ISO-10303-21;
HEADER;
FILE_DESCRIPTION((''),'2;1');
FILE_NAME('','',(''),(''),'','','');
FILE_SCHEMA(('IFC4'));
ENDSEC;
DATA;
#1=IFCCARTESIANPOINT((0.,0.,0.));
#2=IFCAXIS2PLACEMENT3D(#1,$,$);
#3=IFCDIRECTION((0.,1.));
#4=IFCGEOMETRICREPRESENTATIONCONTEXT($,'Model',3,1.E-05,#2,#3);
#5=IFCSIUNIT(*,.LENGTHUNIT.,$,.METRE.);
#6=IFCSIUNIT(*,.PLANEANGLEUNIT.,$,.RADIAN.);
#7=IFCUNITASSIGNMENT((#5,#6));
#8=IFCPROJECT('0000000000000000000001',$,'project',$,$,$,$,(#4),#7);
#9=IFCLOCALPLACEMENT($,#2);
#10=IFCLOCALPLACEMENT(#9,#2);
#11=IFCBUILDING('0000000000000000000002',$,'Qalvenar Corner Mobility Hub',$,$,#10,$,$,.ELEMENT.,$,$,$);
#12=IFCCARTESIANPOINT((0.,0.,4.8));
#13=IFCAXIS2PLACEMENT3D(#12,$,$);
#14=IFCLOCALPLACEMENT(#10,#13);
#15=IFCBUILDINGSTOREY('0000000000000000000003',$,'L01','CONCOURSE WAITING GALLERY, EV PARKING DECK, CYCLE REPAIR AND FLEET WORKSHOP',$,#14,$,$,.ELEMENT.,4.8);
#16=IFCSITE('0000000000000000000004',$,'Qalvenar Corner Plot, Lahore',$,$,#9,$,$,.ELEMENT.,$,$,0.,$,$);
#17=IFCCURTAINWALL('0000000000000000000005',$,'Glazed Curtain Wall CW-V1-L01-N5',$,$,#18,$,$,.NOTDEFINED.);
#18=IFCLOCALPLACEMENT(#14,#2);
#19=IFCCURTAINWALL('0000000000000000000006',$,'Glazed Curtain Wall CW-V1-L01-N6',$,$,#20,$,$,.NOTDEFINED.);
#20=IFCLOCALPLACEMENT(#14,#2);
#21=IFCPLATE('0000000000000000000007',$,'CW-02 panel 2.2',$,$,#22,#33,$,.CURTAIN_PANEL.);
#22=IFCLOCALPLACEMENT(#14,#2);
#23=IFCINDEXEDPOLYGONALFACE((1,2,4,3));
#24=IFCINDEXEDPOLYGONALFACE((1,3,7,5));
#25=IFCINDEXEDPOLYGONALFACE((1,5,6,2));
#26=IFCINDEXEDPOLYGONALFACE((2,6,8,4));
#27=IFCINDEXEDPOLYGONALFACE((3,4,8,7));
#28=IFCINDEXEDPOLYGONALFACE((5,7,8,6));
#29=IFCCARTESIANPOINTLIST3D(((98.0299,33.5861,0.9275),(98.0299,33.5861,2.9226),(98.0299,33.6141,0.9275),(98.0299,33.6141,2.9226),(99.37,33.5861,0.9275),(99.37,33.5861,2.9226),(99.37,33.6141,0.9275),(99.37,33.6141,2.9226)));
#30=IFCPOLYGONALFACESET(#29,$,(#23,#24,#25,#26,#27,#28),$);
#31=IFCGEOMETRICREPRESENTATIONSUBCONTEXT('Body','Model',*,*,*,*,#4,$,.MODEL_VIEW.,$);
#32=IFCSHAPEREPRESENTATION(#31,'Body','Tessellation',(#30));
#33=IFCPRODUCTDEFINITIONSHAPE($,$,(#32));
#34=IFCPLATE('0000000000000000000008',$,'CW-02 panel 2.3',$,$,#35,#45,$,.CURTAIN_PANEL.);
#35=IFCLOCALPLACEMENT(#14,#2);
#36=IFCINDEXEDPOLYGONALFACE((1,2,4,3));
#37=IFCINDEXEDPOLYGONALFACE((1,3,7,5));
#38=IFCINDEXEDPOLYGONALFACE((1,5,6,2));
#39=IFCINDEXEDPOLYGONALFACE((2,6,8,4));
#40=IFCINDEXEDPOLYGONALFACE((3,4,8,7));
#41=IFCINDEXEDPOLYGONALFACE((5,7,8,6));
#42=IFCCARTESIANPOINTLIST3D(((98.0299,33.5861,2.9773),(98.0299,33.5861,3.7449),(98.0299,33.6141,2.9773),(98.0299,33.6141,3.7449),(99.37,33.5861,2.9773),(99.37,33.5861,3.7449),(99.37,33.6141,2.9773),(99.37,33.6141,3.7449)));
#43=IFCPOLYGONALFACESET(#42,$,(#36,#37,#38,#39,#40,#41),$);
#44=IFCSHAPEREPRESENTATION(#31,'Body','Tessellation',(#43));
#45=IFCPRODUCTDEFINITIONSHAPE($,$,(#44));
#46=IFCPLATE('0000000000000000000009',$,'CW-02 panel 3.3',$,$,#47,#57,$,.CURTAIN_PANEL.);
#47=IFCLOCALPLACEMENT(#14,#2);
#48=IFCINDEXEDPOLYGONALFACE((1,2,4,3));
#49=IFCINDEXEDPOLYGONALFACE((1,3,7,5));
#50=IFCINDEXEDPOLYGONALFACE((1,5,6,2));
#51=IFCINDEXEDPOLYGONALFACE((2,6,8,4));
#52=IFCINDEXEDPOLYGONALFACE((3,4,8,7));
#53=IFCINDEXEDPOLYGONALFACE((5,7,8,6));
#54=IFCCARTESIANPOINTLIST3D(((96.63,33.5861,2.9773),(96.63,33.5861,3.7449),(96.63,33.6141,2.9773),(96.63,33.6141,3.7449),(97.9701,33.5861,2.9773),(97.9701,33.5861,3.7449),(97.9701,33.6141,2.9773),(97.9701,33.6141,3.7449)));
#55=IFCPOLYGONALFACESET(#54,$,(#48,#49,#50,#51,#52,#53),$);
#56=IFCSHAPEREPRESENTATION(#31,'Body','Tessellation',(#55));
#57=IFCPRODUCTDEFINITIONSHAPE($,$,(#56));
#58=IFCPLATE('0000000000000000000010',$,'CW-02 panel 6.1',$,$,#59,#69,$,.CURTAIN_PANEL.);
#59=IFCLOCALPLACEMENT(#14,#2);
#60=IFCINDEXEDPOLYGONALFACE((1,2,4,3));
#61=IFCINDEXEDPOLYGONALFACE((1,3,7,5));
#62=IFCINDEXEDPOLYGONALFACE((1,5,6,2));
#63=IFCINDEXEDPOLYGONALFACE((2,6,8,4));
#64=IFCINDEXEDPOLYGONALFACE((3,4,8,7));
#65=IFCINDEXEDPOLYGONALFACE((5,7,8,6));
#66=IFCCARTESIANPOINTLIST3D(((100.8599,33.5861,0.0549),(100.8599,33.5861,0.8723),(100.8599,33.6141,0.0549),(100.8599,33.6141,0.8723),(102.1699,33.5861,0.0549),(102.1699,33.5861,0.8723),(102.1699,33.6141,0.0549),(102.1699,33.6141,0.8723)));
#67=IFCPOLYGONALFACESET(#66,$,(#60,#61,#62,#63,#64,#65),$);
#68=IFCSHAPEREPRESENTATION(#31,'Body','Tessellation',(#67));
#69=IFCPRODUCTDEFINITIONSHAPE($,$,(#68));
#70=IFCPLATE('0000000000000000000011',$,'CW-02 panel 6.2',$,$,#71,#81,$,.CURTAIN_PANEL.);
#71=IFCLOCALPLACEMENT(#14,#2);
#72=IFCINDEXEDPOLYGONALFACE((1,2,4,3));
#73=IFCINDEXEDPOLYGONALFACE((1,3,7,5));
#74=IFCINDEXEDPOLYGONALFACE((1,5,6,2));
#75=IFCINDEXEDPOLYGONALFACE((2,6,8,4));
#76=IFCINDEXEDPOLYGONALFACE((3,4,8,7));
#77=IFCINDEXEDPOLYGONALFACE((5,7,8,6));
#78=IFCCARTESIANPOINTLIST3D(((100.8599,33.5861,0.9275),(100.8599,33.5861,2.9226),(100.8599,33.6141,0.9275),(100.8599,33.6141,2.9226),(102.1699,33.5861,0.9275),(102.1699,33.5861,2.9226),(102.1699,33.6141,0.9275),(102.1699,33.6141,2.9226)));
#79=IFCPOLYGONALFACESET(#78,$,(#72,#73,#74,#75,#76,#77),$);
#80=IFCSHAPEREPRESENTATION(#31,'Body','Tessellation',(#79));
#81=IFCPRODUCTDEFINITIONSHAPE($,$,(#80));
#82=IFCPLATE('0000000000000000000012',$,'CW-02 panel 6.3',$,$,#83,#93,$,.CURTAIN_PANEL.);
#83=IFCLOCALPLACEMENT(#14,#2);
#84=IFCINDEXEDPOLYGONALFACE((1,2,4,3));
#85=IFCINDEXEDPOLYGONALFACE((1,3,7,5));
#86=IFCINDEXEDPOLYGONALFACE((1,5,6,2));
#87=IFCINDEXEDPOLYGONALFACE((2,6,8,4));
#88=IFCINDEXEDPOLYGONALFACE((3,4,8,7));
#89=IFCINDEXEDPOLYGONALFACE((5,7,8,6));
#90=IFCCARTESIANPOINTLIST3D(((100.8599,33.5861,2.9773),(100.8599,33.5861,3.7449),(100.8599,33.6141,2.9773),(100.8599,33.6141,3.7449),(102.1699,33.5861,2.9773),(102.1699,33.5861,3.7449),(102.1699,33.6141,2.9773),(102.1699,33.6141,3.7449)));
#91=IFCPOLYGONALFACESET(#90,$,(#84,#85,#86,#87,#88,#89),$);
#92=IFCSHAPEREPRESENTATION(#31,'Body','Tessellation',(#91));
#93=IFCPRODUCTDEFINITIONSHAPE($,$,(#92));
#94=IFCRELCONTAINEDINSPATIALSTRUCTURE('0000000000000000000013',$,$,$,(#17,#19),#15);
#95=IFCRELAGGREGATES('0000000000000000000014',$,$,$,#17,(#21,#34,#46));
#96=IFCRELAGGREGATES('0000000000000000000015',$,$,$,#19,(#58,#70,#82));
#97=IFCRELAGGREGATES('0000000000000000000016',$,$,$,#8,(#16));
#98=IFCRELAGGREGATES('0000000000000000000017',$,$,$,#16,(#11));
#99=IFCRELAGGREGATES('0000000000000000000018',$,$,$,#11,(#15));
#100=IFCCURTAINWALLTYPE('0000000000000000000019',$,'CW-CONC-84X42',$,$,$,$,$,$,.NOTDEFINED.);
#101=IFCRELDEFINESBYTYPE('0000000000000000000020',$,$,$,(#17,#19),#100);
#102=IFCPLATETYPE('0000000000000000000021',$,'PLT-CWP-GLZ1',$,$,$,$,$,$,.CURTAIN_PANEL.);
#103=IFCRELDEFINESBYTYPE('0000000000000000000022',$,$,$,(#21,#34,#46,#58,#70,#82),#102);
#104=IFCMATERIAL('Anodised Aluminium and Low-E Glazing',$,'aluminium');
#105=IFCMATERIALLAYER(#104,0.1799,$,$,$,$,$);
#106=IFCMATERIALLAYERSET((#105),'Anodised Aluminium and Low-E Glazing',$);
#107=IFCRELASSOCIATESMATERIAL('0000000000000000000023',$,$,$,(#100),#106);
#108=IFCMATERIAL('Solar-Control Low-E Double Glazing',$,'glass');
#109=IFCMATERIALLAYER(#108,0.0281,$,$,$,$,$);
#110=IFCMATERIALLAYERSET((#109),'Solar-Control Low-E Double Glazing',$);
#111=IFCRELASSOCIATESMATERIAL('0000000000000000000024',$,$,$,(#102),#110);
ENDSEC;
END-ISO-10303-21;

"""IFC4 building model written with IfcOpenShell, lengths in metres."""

from ifc_helpers import new_model, si_unit, direction, frame, origin, origin_2d, place, context, subcontext, project, spatial, rectangle, extrude, material, layer, layer_set, type_object, element, aggregate, save


model = new_model("IFC4")

# Units and contexts
model_context = context("Model", 3, precision=1e-05, world=origin(), true_north=direction((0.0, 1.0)))
body_context = subcontext(model_context, "Body", "Model", "MODEL_VIEW")
ifc_project = project(units=[si_unit("LENGTHUNIT", "METRE"), si_unit("PLANEANGLEUNIT", "RADIAN")], contexts=[model_context])

# Site, building, storey
site_placement = place(None, origin())
site = spatial("IfcSite", under=ifc_project, at=site_placement, Name="Qalvenar Corner Plot, Lahore", CompositionType="ELEMENT", RefElevation=0.0)
building_placement = place(site_placement, origin())
building = spatial("IfcBuilding", under=site, at=building_placement, Name="Qalvenar Corner Mobility Hub", CompositionType="ELEMENT")
storey_placement = place(building_placement, frame((0.0, 0.0, 4.8)))
storey = spatial("IfcBuildingStorey", under=building, at=storey_placement, Name="L01", Description="CONCOURSE WAITING GALLERY, EV PARKING DECK, CYCLE REPAIR AND FLEET WORKSHOP", CompositionType="ELEMENT", Elevation=4.8)

# Curtain wall
ifc_material_1 = material(Name="Anodised Aluminium and Low-E Glazing", Category="aluminium")
ifc_layer_1 = layer(ifc_material_1, 0.1799)
ifc_layer_set_1 = layer_set([ifc_layer_1], Name="Anodised Aluminium and Low-E Glazing")
curtain_wall_type = type_object("IfcCurtainWallType", Name="CW-CONC-84X42", PredefinedType="NOTDEFINED", material=ifc_layer_set_1)
curtain_wall_1_placement = place(storey_placement, origin())
curtain_wall_1 = element("IfcCurtainWall", 1, at=curtain_wall_1_placement, inside=storey, type_object=curtain_wall_type, Name="Glazed Curtain Wall CW-V1-L01-N5", PredefinedType="NOTDEFINED")

# Curtain wall
curtain_wall_2_placement = place(storey_placement, origin())
curtain_wall_2 = element("IfcCurtainWall", 2, at=curtain_wall_2_placement, inside=storey, type_object=curtain_wall_type, Name="Glazed Curtain Wall CW-V1-L01-N6", PredefinedType="NOTDEFINED")

# Plates
ifc_material_2 = material(Name="Solar-Control Low-E Double Glazing", Category="glass")
ifc_layer_2 = layer(ifc_material_2, 0.0281)
ifc_layer_set_2 = layer_set([ifc_layer_2], Name="Solar-Control Low-E Double Glazing")
plate_type = type_object("IfcPlateType", Name="PLT-CWP-GLZ1", PredefinedType="CURTAIN_PANEL", material=ifc_layer_set_2)
plate_1_placement = place(storey_placement, frame((98.7, 33.6001, 0.9275), z_axis=(0.0, 0.0, 1.0), x_axis=(-1.0, 0.0, 0.0)))
plate_1 = element("IfcPlate", 3, at=plate_1_placement, type_object=plate_type, Name="CW-02 panel 2.2", PredefinedType="CURTAIN_PANEL", context=body_context, shape_type="SweptSolid", body=[
    extrude(rectangle(XDim=1.3401, YDim=0.0281, at=origin_2d()), origin(), (0.0, 0.0, 1.0), 1.9951),
])
plate_2_placement = place(storey_placement, frame((98.7, 33.6001, 2.9773), z_axis=(0.0, 0.0, 1.0), x_axis=(-1.0, 0.0, 0.0)))
plate_2 = element("IfcPlate", 4, at=plate_2_placement, type_object=plate_type, Name="CW-02 panel 2.3", PredefinedType="CURTAIN_PANEL", context=body_context, shape_type="SweptSolid", body=[
    extrude(rectangle(XDim=1.3401, YDim=0.0281, at=origin_2d()), origin(), (0.0, 0.0, 1.0), 0.7676),
])
plate_3_placement = place(storey_placement, frame((97.3, 33.6001, 2.9773), z_axis=(0.0, 0.0, 1.0), x_axis=(-1.0, 0.0, 0.0)))
plate_3 = element("IfcPlate", 5, at=plate_3_placement, type_object=plate_type, Name="CW-02 panel 3.3", PredefinedType="CURTAIN_PANEL", context=body_context, shape_type="SweptSolid", body=[
    extrude(rectangle(XDim=1.3401, YDim=0.0281, at=origin_2d()), origin(), (0.0, 0.0, 1.0), 0.7676),
])
aggregate(curtain_wall_1, [plate_1, plate_2, plate_3])
plate_4_placement = place(storey_placement, frame((101.5149, 33.6001, 0.0549), z_axis=(0.0, 0.0, 1.0), x_axis=(-1.0, 0.0, 0.0)))
plate_4 = element("IfcPlate", 6, at=plate_4_placement, type_object=plate_type, Name="CW-02 panel 6.1", PredefinedType="CURTAIN_PANEL", context=body_context, shape_type="SweptSolid", body=[
    extrude(rectangle(XDim=1.3101, YDim=0.0281, at=origin_2d()), origin(), (0.0, 0.0, 1.0), 0.8174),
])
plate_5_placement = place(storey_placement, frame((101.5149, 33.6001, 0.9275), z_axis=(0.0, 0.0, 1.0), x_axis=(-1.0, 0.0, 0.0)))
plate_5 = element("IfcPlate", 7, at=plate_5_placement, type_object=plate_type, Name="CW-02 panel 6.2", PredefinedType="CURTAIN_PANEL", context=body_context, shape_type="SweptSolid", body=[
    extrude(rectangle(XDim=1.3101, YDim=0.0281, at=origin_2d()), origin(), (0.0, 0.0, 1.0), 1.9951),
])
plate_6_placement = place(storey_placement, frame((101.5149, 33.6001, 2.9773), z_axis=(0.0, 0.0, 1.0), x_axis=(-1.0, 0.0, 0.0)))
plate_6 = element("IfcPlate", 8, at=plate_6_placement, type_object=plate_type, Name="CW-02 panel 6.3", PredefinedType="CURTAIN_PANEL", context=body_context, shape_type="SweptSolid", body=[
    extrude(rectangle(XDim=1.3101, YDim=0.0281, at=origin_2d()), origin(), (0.0, 0.0, 1.0), 0.7676),
])
aggregate(curtain_wall_2, [plate_4, plate_5, plate_6])

save(model, "model.ifc")
